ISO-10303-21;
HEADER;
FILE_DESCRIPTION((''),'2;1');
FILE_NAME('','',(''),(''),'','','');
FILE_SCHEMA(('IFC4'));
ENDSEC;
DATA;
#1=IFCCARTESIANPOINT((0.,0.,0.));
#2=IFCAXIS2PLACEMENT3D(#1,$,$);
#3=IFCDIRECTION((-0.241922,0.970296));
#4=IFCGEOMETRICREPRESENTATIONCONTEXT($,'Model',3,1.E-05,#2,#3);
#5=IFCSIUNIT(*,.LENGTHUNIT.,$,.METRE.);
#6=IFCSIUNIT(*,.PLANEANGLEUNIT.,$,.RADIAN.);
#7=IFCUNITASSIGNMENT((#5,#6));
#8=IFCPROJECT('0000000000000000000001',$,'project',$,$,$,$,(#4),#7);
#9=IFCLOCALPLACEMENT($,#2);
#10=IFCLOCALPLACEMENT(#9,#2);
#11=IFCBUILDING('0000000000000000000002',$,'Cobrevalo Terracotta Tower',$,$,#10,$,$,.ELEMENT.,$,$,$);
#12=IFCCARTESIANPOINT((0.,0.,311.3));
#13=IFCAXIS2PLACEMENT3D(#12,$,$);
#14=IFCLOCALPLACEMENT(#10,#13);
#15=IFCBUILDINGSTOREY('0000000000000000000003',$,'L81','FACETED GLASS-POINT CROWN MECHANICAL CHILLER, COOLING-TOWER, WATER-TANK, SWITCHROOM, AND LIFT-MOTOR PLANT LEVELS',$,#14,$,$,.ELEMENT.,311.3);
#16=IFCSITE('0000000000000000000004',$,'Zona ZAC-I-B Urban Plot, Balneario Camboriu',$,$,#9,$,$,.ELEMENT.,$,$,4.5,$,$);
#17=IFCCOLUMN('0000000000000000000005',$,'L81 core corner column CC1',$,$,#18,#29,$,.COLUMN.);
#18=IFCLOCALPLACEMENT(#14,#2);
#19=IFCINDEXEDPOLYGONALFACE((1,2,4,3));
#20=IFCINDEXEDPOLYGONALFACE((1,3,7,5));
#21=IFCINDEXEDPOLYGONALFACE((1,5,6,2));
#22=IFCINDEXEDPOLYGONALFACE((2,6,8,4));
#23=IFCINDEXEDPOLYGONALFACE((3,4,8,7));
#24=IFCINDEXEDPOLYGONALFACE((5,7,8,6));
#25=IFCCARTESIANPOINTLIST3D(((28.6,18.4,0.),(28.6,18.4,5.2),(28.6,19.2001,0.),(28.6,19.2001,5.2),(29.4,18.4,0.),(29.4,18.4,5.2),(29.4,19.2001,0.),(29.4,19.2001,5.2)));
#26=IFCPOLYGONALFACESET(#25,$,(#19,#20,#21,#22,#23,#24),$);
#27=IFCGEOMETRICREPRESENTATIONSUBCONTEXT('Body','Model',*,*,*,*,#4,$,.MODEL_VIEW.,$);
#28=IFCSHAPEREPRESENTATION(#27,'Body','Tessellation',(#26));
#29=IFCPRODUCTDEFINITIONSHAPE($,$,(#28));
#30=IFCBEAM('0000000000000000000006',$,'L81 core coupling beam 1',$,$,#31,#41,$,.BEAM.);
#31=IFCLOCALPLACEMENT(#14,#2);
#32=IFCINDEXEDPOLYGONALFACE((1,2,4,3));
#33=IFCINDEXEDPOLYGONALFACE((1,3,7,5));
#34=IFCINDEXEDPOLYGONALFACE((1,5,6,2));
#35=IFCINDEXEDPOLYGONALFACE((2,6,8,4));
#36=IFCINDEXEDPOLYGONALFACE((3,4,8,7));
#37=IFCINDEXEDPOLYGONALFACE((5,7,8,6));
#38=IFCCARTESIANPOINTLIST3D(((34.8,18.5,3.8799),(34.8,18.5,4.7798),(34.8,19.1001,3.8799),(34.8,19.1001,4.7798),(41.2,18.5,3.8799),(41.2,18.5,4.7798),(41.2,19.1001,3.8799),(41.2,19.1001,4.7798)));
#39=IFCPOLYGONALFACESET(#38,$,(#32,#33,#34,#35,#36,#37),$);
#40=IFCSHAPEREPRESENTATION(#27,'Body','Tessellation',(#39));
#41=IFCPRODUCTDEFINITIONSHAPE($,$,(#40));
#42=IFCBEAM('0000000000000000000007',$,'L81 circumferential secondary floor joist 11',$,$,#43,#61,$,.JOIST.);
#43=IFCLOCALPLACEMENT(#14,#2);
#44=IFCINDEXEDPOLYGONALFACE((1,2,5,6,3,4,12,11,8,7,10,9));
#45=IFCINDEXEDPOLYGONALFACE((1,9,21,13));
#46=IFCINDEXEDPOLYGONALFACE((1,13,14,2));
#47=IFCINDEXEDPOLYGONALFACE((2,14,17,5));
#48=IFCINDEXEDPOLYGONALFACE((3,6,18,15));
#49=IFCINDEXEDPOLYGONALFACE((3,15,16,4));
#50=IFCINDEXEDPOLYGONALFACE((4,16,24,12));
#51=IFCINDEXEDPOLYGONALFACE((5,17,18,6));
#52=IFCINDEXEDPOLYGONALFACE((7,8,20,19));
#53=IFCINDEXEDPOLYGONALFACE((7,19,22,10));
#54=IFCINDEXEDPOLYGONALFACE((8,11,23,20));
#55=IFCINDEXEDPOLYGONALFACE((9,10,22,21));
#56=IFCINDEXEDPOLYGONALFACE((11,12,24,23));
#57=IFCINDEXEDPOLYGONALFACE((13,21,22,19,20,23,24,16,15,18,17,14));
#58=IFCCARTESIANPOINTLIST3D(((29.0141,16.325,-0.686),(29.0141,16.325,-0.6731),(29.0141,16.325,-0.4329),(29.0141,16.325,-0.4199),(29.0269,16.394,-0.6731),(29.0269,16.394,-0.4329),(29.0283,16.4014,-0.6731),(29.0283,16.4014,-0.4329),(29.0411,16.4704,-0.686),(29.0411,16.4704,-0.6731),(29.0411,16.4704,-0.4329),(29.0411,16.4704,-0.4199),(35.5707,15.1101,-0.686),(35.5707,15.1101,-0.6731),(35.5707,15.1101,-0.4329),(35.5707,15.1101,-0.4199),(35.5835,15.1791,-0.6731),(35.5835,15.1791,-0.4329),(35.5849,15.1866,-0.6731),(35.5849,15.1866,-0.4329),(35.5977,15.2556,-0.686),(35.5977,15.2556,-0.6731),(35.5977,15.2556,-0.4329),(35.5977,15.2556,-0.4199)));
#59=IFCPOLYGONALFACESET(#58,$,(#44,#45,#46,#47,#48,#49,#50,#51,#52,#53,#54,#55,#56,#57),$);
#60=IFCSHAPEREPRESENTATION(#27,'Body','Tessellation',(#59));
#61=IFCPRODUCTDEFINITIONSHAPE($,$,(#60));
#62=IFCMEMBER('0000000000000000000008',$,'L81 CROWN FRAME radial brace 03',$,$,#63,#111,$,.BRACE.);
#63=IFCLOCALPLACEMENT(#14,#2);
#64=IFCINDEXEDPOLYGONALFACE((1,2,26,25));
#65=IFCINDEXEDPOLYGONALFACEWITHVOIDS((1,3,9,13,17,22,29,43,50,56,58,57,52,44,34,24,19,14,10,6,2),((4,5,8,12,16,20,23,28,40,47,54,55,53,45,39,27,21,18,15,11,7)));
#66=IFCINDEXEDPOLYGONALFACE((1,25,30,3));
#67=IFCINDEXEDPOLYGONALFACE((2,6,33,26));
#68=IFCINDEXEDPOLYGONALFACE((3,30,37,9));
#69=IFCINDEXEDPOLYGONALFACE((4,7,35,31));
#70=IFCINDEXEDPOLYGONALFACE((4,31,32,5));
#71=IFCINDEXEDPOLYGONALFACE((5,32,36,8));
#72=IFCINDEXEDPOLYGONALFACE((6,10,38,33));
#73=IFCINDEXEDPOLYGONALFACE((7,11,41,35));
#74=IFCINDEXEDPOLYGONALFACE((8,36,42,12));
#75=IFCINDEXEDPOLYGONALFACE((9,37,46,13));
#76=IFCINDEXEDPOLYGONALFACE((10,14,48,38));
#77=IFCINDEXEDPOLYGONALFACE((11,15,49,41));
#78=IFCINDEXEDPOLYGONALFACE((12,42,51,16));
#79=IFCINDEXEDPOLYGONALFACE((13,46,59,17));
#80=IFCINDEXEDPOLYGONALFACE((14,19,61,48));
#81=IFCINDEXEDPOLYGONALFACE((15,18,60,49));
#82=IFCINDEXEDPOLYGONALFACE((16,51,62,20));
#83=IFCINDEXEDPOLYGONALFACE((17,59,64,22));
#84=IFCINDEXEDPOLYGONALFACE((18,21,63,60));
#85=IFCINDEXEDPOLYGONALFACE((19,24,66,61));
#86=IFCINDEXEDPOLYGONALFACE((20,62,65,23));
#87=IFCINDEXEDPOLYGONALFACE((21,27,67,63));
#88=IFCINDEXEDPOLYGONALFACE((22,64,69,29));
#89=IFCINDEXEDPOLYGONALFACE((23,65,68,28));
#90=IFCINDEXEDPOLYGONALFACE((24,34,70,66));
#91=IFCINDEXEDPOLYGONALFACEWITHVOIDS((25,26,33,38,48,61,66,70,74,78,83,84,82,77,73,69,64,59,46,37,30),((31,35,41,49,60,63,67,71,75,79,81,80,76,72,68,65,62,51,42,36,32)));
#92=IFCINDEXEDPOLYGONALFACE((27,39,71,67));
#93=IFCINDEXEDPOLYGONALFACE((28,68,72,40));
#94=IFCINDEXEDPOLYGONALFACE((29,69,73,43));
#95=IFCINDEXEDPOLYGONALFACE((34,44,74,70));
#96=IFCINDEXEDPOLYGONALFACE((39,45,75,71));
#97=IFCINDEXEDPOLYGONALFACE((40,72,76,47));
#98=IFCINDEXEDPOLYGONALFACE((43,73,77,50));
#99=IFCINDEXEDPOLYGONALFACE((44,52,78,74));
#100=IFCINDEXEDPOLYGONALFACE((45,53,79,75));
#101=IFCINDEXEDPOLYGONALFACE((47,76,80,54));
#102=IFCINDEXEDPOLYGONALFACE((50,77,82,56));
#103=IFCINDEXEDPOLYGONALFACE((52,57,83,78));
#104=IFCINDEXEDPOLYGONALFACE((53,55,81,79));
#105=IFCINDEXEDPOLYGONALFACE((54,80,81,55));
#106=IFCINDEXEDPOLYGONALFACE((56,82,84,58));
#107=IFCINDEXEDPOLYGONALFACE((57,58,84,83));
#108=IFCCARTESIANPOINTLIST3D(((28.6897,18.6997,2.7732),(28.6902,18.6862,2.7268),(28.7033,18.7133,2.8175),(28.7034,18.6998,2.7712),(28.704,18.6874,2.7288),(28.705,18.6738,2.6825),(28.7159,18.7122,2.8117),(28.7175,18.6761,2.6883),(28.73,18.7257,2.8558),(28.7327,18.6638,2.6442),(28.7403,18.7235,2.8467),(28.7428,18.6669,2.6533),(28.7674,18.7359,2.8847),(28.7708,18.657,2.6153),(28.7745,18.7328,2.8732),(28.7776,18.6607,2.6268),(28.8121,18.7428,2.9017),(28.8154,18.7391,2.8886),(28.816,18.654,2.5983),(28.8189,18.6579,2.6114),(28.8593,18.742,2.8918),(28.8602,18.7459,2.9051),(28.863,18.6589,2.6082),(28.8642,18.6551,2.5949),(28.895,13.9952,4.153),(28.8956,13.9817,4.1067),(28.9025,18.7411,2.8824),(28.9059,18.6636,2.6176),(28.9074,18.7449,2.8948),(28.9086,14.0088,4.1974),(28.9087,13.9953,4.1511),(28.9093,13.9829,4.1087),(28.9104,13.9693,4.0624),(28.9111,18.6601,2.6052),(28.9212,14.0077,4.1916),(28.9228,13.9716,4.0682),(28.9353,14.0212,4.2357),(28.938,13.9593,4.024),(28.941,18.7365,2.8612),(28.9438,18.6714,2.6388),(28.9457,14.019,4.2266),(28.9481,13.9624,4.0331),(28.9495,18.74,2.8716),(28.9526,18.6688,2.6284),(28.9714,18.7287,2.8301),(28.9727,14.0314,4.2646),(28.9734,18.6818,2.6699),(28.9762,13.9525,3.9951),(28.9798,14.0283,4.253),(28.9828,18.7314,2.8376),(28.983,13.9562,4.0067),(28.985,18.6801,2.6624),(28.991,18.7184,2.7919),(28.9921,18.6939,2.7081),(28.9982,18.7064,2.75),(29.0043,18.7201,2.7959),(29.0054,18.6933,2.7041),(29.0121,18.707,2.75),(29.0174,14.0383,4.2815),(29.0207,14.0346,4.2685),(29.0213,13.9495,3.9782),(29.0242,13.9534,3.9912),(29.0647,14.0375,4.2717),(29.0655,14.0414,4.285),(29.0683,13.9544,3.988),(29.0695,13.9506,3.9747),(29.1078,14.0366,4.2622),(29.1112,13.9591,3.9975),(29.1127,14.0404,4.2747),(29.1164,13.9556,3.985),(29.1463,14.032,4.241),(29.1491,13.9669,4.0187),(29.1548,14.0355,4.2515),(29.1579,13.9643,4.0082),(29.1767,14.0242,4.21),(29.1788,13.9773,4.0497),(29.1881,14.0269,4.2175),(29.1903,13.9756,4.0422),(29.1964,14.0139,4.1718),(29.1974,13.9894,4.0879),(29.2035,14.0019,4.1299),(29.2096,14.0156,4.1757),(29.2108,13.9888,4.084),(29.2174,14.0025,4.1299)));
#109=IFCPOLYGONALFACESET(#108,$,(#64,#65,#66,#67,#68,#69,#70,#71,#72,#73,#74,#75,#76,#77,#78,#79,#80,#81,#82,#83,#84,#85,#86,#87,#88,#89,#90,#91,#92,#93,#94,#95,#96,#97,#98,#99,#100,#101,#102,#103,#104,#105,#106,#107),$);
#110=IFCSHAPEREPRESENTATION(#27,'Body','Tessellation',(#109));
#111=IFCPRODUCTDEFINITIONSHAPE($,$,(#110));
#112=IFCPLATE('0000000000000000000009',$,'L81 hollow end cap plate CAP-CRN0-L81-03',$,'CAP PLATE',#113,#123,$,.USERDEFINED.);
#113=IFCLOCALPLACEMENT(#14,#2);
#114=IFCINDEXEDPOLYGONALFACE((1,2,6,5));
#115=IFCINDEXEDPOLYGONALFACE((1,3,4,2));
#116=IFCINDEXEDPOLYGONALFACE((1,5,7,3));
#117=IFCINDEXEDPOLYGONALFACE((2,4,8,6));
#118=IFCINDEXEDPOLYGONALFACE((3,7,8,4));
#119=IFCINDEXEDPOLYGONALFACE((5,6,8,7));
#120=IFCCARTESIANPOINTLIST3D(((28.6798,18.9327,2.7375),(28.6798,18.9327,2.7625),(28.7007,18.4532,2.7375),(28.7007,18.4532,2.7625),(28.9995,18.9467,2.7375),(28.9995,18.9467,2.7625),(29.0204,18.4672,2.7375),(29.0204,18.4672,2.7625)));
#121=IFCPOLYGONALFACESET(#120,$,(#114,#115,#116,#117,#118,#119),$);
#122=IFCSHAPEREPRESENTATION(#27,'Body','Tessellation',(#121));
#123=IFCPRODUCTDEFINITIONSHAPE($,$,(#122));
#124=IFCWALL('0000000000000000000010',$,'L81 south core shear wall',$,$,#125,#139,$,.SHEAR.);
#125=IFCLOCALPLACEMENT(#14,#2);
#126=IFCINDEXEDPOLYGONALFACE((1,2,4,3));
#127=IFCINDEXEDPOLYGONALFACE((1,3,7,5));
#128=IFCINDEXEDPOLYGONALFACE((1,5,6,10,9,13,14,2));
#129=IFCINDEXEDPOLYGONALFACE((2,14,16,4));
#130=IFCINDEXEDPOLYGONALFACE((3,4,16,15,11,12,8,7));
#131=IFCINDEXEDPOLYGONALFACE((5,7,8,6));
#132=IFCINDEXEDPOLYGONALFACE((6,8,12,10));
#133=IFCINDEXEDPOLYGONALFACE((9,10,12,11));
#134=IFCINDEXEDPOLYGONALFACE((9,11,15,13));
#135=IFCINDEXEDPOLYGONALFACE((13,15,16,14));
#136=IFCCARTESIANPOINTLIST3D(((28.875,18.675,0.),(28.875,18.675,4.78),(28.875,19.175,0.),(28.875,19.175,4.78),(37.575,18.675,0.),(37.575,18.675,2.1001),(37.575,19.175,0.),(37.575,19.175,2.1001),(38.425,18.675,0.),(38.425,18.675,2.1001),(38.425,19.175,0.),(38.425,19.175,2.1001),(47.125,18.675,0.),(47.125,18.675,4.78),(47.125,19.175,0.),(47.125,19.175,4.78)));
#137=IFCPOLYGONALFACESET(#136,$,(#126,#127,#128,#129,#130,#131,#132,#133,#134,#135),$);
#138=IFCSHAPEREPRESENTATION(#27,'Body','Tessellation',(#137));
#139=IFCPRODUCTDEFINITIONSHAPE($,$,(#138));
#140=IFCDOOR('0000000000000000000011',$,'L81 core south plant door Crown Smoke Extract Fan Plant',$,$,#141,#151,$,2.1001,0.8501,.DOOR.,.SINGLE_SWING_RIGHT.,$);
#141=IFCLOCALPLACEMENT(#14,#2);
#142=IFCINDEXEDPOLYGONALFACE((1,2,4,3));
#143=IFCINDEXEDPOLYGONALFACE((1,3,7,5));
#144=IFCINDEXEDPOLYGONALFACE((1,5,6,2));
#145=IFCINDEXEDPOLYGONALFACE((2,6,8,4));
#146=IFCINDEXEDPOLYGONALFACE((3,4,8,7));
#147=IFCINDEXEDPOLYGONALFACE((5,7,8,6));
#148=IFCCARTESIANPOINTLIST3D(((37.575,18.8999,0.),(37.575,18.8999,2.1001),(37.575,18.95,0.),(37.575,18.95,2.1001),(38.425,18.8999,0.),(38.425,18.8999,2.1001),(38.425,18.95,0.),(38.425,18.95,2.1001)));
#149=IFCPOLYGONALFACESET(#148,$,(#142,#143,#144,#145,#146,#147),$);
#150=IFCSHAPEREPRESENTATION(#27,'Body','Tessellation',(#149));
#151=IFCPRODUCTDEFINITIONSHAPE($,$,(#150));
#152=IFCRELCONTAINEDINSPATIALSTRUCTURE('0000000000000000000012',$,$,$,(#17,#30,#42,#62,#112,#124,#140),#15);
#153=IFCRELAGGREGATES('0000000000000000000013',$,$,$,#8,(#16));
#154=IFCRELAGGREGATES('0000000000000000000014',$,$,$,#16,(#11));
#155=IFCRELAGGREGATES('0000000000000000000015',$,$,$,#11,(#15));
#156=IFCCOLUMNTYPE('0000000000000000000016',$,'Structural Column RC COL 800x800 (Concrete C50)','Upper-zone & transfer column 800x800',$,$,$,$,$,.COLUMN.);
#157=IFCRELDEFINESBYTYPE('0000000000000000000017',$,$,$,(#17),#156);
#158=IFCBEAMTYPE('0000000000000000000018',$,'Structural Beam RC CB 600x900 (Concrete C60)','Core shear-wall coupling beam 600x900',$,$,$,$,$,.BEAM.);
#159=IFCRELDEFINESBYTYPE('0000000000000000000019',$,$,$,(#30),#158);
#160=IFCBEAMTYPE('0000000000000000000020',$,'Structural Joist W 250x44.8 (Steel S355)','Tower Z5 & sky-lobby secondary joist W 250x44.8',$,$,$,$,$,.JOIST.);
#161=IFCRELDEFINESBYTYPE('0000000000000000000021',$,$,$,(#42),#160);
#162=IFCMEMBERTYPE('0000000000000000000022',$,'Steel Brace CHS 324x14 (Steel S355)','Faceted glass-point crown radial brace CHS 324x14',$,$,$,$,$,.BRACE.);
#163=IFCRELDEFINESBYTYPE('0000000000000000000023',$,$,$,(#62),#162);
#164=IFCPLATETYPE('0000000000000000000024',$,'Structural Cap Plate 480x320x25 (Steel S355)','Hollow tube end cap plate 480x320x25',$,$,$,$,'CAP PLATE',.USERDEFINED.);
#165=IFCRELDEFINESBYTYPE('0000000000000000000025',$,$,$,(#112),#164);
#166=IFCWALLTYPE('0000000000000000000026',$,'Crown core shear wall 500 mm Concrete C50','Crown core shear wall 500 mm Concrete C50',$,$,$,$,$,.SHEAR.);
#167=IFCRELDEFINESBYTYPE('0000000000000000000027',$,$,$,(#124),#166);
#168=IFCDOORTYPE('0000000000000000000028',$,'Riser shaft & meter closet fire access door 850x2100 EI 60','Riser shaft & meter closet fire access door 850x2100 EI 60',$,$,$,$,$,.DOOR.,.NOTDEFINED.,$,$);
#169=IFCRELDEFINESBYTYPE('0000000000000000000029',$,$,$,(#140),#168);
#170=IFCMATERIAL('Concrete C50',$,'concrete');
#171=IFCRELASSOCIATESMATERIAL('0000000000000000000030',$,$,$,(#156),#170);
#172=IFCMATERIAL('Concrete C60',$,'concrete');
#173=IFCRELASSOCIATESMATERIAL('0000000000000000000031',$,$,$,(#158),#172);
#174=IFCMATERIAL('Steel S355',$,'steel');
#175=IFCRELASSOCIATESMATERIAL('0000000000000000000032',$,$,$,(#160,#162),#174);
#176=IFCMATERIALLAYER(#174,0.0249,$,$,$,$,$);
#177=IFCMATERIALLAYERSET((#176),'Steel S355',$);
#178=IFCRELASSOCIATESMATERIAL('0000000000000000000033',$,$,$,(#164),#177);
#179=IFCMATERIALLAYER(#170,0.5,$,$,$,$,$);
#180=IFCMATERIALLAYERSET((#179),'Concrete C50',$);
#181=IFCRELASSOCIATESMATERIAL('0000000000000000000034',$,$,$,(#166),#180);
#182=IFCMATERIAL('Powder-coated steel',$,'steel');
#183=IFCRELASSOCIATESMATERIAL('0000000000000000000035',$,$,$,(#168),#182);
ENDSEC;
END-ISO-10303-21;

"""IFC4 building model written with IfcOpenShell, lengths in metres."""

from ifc_helpers import new_model, si_unit, direction, frame, frame_2d, origin, origin_2d, place, context, subcontext, project, spatial, rectangle, hollow_circle, i_section, extrude, source, transform, mapped, material, layer, layer_set, material_profile, profile_set, type_object, element, fill, save


model = new_model("IFC4")

# Units and contexts
model_context = context("Model", 3, precision=1e-05, world=origin(), true_north=direction((-0.241922, 0.970296)))
body_context = subcontext(model_context, "Body", "Model", "MODEL_VIEW")
ifc_project = project(units=[si_unit("LENGTHUNIT", "METRE"), si_unit("PLANEANGLEUNIT", "RADIAN")], contexts=[model_context])

# Site, building, storey
site_placement = place(None, origin())
site = spatial("IfcSite", under=ifc_project, at=site_placement, Name="Zona ZAC-I-B Urban Plot, Balneario Camboriu", CompositionType="ELEMENT", RefElevation=4.5)
building_placement = place(site_placement, origin())
building = spatial("IfcBuilding", under=site, at=building_placement, Name="Cobrevalo Terracotta Tower", CompositionType="ELEMENT")
storey_placement = place(building_placement, frame((0.0, 0.0, 311.3)))
storey = spatial("IfcBuildingStorey", under=building, at=storey_placement, Name="L81", Description="FACETED GLASS-POINT CROWN MECHANICAL CHILLER, COOLING-TOWER, WATER-TANK, SWITCHROOM, AND LIFT-MOTOR PLANT LEVELS", CompositionType="ELEMENT", Elevation=311.3)

# Column
ifc_material_1 = material(Name="Concrete C50", Category="concrete")
ifc_material_profile_1 = material_profile(ifc_material_1, rectangle(XDim=0.8, YDim=0.8, at=origin_2d()), Name="RC COL 800x800")
ifc_profile_set_1 = profile_set([ifc_material_profile_1], Name="Concrete C50")
column_type = type_object("IfcColumnType", Name="Structural Column RC COL 800x800 (Concrete C50)", Description="Upper-zone & transfer column 800x800", PredefinedType="COLUMN", material=ifc_profile_set_1)
column_placement = place(storey_placement, frame((29.0, 18.8, 0.0), z_axis=(0.0, 0.0, 1.0), x_axis=(1.0, 0.0, 0.0)))
element("IfcColumn", 1, at=column_placement, inside=storey, type_object=column_type, Name="L81 core corner column CC1", PredefinedType="COLUMN", context=body_context, shape_type="SweptSolid", body=[
    extrude(rectangle(XDim=0.8, YDim=0.8, at=origin_2d()), origin(), (0.0, 0.0, 1.0), 5.2),
])

# Beams
ifc_material_2 = material(Name="Concrete C60", Category="concrete")
ifc_material_profile_2 = material_profile(ifc_material_2, rectangle(XDim=0.6001, YDim=0.8999, at=origin_2d()), Name="RC CB 600x900")
ifc_profile_set_2 = profile_set([ifc_material_profile_2], Name="Concrete C60")
beam_type_1 = type_object("IfcBeamType", Name="Structural Beam RC CB 600x900 (Concrete C60)", Description="Core shear-wall coupling beam 600x900", PredefinedType="BEAM", material=ifc_profile_set_2)
beam_1_placement = place(storey_placement, frame((34.8, 18.8, 4.3298), z_axis=(1.0, 0.0, 0.0), x_axis=(0.0, 1.0, 0.0)))
element("IfcBeam", 2, at=beam_1_placement, inside=storey, type_object=beam_type_1, Name="L81 core coupling beam 1", PredefinedType="BEAM", context=body_context, shape_type="SweptSolid", body=[
    extrude(rectangle(XDim=0.6001, YDim=0.8999, at=origin_2d()), origin(), (0.0, 0.0, 1.0), 6.3999),
])
ifc_material_3 = material(Name="Steel S355", Category="steel")
ifc_material_profile_3 = material_profile(ifc_material_3, i_section(OverallWidth=0.1479, OverallDepth=0.2661, WebThickness=0.0076, FlangeThickness=0.0129, at=origin_2d()), Name="W 250x44.8")
ifc_profile_set_3 = profile_set([ifc_material_profile_3], Name="Steel S355")
beam_type_2 = type_object("IfcBeamType", Name="Structural Joist W 250x44.8 (Steel S355)", Description="Tower Z5 & sky-lobby secondary joist W 250x44.8", PredefinedType="JOIST", material=ifc_profile_set_3)
beam_2_placement = place(storey_placement, frame((29.0276, 16.3977, -0.553), z_axis=(0.983265, -0.182184, 0.0), x_axis=(0.182184, 0.983265, 0.0)))
element("IfcBeam", 3, at=beam_2_placement, inside=storey, type_object=beam_type_2, Name="L81 circumferential secondary floor joist 11", PredefinedType="JOIST", context=body_context, shape_type="SweptSolid", body=[
    extrude(i_section(OverallWidth=0.1479, OverallDepth=0.2661, WebThickness=0.0076, FlangeThickness=0.0129, at=origin_2d()), origin(), (0.0, 0.0, 1.0), 6.6682),
])

# Member
ifc_material_profile_4 = material_profile(ifc_material_3, hollow_circle(Radius=0.1621, WallThickness=0.0139, at=origin_2d()), Name="CHS 324x14")
ifc_profile_set_4 = profile_set([ifc_material_profile_4], Name="Steel S355")
member_type = type_object("IfcMemberType", Name="Steel Brace CHS 324x14 (Steel S355)", Description="Faceted glass-point crown radial brace CHS 324x14", PredefinedType="BRACE", material=ifc_profile_set_4)
shared_shape_1 = source(origin(), body_context, "Body", "SweptSolid", [
    extrude(hollow_circle(Radius=0.1621, WallThickness=0.0139, at=origin_2d()), origin(), (0.0, 0.0, 1.0), 4.907),
])
member_placement = place(storey_placement, frame((28.8501, 18.7, 2.75), z_axis=(0.041842, -0.958736, 0.281203), x_axis=(0.999049, 0.043601, 0.0)))
element("IfcMember", 4, at=member_placement, inside=storey, type_object=member_type, Name="L81 CROWN FRAME radial brace 03", PredefinedType="BRACE", context=body_context, shape_type="MappedRepresentation", body=[
    mapped(shared_shape_1, transform((0.0, 0.0, 0.0), scale=1.0)),
])

# Plate
ifc_layer_1 = layer(ifc_material_3, 0.0249)
ifc_layer_set_1 = layer_set([ifc_layer_1], Name="Steel S355")
plate_type = type_object("IfcPlateType", Name="Structural Cap Plate 480x320x25 (Steel S355)", Description="Hollow tube end cap plate 480x320x25", ElementType="CAP PLATE", PredefinedType="USERDEFINED", material=ifc_layer_set_1)
shared_shape_2 = source(origin(), body_context, "Body", "SweptSolid", [
    extrude(rectangle(XDim=0.48, YDim=0.3201, at=origin_2d()), origin(), (0.0, 0.0, 1.0), 0.0249),
])
plate_placement = place(storey_placement, frame((28.8501, 18.7, 2.7375), z_axis=(0.0, 0.0, 1.0), x_axis=(0.0436, -0.999049, 0.0)))
element("IfcPlate", 5, at=plate_placement, inside=storey, type_object=plate_type, Name="L81 hollow end cap plate CAP-CRN0-L81-03", ObjectType="CAP PLATE", PredefinedType="USERDEFINED", context=body_context, shape_type="MappedRepresentation", body=[
    mapped(shared_shape_2, transform((0.0, 0.0, 0.0), scale=1.0)),
])

# Wall, opening, door
ifc_layer_2 = layer(ifc_material_1, 0.5)
ifc_layer_set_2 = layer_set([ifc_layer_2], Name="Concrete C50")
wall_type_1 = type_object("IfcWallType", Name="Crown core shear wall 500 mm Concrete C50", Description="Crown core shear wall 500 mm Concrete C50", PredefinedType="SHEAR", material=ifc_layer_set_2)
wall_1_placement = place(storey_placement, frame((28.875, 18.925, 0.0), z_axis=(0.0, 0.0, 1.0), x_axis=(1.0, 0.0, 0.0)))
wall_1 = element("IfcWall", 6, at=wall_1_placement, inside=storey, type_object=wall_type_1, Name="L81 south core shear wall", PredefinedType="SHEAR", context=body_context, shape_type="SweptSolid", body=[
    extrude(rectangle(XDim=18.25, YDim=0.5, at=frame_2d((9.125, 0.0))), origin(), (0.0, 0.0, 1.0), 4.78),
])
opening_1_placement = place(wall_1_placement, frame((8.7, 0.0, 0.0)))
opening_1 = element("IfcOpeningElement", 7, at=opening_1_placement, cuts=wall_1, PredefinedType="OPENING", context=body_context, shape_type="SweptSolid", body=[
    extrude(rectangle(XDim=0.8501, YDim=2.1001, at=frame_2d((0.425, 1.05))), frame((0.0, 0.26, 0.0), z_axis=(0.0, -1.0, 0.0), x_axis=(1.0, 0.0, 0.0)), (0.0, 0.0, 1.0), 0.52),
])
ifc_material_4 = material(Name="Powder-coated steel", Category="steel")
door_type_1 = type_object("IfcDoorType", Name="Riser shaft & meter closet fire access door 850x2100 EI 60", Description="Riser shaft & meter closet fire access door 850x2100 EI 60", OperationType="NOTDEFINED", PredefinedType="DOOR", material=ifc_material_4)
shared_shape_3 = source(origin(), body_context, "Body", "SweptSolid", [
    extrude(rectangle(XDim=0.8501, YDim=2.1001, at=frame_2d((0.425, 1.05))), frame((0.0, 0.0249, 0.0), z_axis=(0.0, -1.0, 0.0), x_axis=(1.0, 0.0, 0.0)), (0.0, 0.0, 1.0), 0.05),
])
door_1_placement = place(opening_1_placement, origin())
door_1 = element("IfcDoor", 8, at=door_1_placement, inside=storey, type_object=door_type_1, Name="L81 core south plant door Crown Smoke Extract Fan Plant", OperationType="SINGLE_SWING_RIGHT", OverallHeight=2.1001, OverallWidth=0.8501, PredefinedType="DOOR", context=body_context, shape_type="MappedRepresentation", body=[
    mapped(shared_shape_3, transform((0.0, 0.0, 0.0), scale=1.0)),
])
fill(opening_1, door_1)

save(model, "model.ifc")
